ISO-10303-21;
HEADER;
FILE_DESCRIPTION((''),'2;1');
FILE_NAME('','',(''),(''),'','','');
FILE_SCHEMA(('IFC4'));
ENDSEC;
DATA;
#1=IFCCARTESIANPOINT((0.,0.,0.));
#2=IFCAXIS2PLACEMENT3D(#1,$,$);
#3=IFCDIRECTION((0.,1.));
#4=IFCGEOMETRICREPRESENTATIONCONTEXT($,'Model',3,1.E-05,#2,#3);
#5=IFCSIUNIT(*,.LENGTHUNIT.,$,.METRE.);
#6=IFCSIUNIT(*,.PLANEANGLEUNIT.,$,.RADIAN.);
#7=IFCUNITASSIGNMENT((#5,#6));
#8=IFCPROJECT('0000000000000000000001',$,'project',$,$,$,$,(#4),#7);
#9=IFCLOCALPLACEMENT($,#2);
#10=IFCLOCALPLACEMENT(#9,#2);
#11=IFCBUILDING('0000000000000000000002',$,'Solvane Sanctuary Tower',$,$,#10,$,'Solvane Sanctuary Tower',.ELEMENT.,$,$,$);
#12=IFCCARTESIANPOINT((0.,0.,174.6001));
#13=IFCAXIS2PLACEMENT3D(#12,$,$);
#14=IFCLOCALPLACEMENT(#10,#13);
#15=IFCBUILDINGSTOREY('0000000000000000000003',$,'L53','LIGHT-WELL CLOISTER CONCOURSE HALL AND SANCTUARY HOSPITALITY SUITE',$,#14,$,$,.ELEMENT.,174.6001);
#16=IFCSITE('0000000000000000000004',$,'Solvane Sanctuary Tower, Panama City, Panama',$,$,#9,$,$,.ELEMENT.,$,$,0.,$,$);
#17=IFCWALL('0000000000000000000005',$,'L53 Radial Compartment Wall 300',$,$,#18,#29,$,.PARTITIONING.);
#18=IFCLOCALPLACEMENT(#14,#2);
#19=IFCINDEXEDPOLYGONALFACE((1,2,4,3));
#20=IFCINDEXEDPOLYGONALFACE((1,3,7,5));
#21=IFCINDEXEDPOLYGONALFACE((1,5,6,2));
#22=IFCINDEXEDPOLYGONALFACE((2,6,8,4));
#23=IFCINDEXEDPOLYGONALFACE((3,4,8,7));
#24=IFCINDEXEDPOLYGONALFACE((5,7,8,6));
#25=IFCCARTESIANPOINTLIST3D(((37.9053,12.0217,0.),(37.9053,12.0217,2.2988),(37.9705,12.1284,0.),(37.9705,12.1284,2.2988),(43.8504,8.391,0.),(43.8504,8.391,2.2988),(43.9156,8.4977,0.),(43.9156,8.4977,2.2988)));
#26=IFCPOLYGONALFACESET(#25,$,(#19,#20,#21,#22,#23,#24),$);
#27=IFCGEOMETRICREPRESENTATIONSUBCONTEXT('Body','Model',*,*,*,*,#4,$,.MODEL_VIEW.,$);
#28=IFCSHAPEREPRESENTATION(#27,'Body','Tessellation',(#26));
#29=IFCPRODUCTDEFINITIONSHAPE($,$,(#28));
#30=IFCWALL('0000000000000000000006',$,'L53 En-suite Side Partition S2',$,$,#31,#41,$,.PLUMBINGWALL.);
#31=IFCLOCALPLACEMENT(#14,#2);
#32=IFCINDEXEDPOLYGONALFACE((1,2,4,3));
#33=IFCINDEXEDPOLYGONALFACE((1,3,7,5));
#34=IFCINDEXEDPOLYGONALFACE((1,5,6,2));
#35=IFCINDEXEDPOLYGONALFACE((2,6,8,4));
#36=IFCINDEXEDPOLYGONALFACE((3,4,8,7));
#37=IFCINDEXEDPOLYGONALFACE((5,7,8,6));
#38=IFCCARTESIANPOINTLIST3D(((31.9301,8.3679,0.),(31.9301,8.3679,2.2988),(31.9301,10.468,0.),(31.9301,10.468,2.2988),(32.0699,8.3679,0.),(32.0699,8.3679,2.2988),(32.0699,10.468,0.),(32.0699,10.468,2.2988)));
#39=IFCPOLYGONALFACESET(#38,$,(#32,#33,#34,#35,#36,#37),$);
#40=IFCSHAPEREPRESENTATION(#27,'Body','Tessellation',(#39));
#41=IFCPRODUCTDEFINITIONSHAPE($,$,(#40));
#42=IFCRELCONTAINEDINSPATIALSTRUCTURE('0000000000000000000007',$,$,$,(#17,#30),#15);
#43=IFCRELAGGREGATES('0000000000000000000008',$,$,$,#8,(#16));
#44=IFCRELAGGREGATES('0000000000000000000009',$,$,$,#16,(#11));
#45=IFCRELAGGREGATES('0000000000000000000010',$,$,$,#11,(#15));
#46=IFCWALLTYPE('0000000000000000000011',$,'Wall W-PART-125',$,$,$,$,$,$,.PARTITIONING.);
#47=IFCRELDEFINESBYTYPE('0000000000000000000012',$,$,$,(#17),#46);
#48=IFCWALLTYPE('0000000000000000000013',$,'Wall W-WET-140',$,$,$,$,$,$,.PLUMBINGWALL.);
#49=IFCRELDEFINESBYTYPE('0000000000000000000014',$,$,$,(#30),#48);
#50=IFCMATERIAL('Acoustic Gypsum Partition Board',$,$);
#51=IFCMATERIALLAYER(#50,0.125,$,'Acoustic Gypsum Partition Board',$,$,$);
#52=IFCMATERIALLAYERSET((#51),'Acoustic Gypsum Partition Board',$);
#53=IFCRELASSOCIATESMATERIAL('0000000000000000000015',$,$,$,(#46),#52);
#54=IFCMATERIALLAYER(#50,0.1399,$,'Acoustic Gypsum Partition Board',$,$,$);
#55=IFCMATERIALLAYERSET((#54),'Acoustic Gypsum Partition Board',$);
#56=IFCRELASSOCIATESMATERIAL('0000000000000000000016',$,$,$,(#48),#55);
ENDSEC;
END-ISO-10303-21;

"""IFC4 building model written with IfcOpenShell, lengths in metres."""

from ifc_helpers import new_model, si_unit, direction, frame, frame_2d, origin, place, context, subcontext, project, spatial, rectangle, extrude, material, layer, layer_set, type_object, element, save


model = new_model("IFC4")

# Units and contexts
model_context = context("Model", 3, precision=1e-05, world=origin(), true_north=direction((0.0, 1.0)))
body_context = subcontext(model_context, "Body", "Model", "MODEL_VIEW")
ifc_project = project(units=[si_unit("LENGTHUNIT", "METRE"), si_unit("PLANEANGLEUNIT", "RADIAN")], contexts=[model_context])

# Site, building, storey
site_placement = place(None, origin())
site = spatial("IfcSite", under=ifc_project, at=site_placement, Name="Solvane Sanctuary Tower, Panama City, Panama", CompositionType="ELEMENT", RefElevation=0.0)
building_placement = place(site_placement, origin())
building = spatial("IfcBuilding", under=site, at=building_placement, Name="Solvane Sanctuary Tower", LongName="Solvane Sanctuary Tower", CompositionType="ELEMENT")
storey_placement = place(building_placement, frame((0.0, 0.0, 174.6001)))
storey = spatial("IfcBuildingStorey", under=building, at=storey_placement, Name="L53", Description="LIGHT-WELL CLOISTER CONCOURSE HALL AND SANCTUARY HOSPITALITY SUITE", CompositionType="ELEMENT", Elevation=174.6001)

# Shared definitions
ifc_material_1 = material(Name="Acoustic Gypsum Partition Board")

# Walls
ifc_layer_1 = layer(ifc_material_1, 0.125, Name="Acoustic Gypsum Partition Board")
ifc_layer_set_1 = layer_set([ifc_layer_1], Name="Acoustic Gypsum Partition Board")
wall_type_1 = type_object("IfcWallType", Name="Wall W-PART-125", PredefinedType="PARTITIONING", material=ifc_layer_set_1)
wall_1_placement = place(storey_placement, frame((37.938, 12.075, 0.0), z_axis=(0.0, 0.0, 1.0), x_axis=(0.85344, -0.521191, 0.0)))
element("IfcWall", 1, at=wall_1_placement, inside=storey, type_object=wall_type_1, Name="L53 Radial Compartment Wall 300", PredefinedType="PARTITIONING", context=body_context, shape_type="SweptSolid", body=[
    extrude(rectangle(XDim=6.9661, YDim=0.125, at=frame_2d((3.4829, 0.0))), origin(), (0.0, 0.0, 1.0), 2.2988),
])
ifc_layer_2 = layer(ifc_material_1, 0.1399, Name="Acoustic Gypsum Partition Board")
ifc_layer_set_2 = layer_set([ifc_layer_2], Name="Acoustic Gypsum Partition Board")
wall_type_2 = type_object("IfcWallType", Name="Wall W-WET-140", PredefinedType="PLUMBINGWALL", material=ifc_layer_set_2)
wall_2_placement = place(storey_placement, frame((32.0, 10.468, 0.0), z_axis=(0.0, 0.0, 1.0), x_axis=(0.0, -1.0, 0.0)))
element("IfcWall", 2, at=wall_2_placement, inside=storey, type_object=wall_type_2, Name="L53 En-suite Side Partition S2", PredefinedType="PLUMBINGWALL", context=body_context, shape_type="SweptSolid", body=[
    extrude(rectangle(XDim=2.1001, YDim=0.1399, at=frame_2d((1.05, 0.0))), origin(), (0.0, 0.0, 1.0), 2.2988),
])

save(model, "model.ifc")
